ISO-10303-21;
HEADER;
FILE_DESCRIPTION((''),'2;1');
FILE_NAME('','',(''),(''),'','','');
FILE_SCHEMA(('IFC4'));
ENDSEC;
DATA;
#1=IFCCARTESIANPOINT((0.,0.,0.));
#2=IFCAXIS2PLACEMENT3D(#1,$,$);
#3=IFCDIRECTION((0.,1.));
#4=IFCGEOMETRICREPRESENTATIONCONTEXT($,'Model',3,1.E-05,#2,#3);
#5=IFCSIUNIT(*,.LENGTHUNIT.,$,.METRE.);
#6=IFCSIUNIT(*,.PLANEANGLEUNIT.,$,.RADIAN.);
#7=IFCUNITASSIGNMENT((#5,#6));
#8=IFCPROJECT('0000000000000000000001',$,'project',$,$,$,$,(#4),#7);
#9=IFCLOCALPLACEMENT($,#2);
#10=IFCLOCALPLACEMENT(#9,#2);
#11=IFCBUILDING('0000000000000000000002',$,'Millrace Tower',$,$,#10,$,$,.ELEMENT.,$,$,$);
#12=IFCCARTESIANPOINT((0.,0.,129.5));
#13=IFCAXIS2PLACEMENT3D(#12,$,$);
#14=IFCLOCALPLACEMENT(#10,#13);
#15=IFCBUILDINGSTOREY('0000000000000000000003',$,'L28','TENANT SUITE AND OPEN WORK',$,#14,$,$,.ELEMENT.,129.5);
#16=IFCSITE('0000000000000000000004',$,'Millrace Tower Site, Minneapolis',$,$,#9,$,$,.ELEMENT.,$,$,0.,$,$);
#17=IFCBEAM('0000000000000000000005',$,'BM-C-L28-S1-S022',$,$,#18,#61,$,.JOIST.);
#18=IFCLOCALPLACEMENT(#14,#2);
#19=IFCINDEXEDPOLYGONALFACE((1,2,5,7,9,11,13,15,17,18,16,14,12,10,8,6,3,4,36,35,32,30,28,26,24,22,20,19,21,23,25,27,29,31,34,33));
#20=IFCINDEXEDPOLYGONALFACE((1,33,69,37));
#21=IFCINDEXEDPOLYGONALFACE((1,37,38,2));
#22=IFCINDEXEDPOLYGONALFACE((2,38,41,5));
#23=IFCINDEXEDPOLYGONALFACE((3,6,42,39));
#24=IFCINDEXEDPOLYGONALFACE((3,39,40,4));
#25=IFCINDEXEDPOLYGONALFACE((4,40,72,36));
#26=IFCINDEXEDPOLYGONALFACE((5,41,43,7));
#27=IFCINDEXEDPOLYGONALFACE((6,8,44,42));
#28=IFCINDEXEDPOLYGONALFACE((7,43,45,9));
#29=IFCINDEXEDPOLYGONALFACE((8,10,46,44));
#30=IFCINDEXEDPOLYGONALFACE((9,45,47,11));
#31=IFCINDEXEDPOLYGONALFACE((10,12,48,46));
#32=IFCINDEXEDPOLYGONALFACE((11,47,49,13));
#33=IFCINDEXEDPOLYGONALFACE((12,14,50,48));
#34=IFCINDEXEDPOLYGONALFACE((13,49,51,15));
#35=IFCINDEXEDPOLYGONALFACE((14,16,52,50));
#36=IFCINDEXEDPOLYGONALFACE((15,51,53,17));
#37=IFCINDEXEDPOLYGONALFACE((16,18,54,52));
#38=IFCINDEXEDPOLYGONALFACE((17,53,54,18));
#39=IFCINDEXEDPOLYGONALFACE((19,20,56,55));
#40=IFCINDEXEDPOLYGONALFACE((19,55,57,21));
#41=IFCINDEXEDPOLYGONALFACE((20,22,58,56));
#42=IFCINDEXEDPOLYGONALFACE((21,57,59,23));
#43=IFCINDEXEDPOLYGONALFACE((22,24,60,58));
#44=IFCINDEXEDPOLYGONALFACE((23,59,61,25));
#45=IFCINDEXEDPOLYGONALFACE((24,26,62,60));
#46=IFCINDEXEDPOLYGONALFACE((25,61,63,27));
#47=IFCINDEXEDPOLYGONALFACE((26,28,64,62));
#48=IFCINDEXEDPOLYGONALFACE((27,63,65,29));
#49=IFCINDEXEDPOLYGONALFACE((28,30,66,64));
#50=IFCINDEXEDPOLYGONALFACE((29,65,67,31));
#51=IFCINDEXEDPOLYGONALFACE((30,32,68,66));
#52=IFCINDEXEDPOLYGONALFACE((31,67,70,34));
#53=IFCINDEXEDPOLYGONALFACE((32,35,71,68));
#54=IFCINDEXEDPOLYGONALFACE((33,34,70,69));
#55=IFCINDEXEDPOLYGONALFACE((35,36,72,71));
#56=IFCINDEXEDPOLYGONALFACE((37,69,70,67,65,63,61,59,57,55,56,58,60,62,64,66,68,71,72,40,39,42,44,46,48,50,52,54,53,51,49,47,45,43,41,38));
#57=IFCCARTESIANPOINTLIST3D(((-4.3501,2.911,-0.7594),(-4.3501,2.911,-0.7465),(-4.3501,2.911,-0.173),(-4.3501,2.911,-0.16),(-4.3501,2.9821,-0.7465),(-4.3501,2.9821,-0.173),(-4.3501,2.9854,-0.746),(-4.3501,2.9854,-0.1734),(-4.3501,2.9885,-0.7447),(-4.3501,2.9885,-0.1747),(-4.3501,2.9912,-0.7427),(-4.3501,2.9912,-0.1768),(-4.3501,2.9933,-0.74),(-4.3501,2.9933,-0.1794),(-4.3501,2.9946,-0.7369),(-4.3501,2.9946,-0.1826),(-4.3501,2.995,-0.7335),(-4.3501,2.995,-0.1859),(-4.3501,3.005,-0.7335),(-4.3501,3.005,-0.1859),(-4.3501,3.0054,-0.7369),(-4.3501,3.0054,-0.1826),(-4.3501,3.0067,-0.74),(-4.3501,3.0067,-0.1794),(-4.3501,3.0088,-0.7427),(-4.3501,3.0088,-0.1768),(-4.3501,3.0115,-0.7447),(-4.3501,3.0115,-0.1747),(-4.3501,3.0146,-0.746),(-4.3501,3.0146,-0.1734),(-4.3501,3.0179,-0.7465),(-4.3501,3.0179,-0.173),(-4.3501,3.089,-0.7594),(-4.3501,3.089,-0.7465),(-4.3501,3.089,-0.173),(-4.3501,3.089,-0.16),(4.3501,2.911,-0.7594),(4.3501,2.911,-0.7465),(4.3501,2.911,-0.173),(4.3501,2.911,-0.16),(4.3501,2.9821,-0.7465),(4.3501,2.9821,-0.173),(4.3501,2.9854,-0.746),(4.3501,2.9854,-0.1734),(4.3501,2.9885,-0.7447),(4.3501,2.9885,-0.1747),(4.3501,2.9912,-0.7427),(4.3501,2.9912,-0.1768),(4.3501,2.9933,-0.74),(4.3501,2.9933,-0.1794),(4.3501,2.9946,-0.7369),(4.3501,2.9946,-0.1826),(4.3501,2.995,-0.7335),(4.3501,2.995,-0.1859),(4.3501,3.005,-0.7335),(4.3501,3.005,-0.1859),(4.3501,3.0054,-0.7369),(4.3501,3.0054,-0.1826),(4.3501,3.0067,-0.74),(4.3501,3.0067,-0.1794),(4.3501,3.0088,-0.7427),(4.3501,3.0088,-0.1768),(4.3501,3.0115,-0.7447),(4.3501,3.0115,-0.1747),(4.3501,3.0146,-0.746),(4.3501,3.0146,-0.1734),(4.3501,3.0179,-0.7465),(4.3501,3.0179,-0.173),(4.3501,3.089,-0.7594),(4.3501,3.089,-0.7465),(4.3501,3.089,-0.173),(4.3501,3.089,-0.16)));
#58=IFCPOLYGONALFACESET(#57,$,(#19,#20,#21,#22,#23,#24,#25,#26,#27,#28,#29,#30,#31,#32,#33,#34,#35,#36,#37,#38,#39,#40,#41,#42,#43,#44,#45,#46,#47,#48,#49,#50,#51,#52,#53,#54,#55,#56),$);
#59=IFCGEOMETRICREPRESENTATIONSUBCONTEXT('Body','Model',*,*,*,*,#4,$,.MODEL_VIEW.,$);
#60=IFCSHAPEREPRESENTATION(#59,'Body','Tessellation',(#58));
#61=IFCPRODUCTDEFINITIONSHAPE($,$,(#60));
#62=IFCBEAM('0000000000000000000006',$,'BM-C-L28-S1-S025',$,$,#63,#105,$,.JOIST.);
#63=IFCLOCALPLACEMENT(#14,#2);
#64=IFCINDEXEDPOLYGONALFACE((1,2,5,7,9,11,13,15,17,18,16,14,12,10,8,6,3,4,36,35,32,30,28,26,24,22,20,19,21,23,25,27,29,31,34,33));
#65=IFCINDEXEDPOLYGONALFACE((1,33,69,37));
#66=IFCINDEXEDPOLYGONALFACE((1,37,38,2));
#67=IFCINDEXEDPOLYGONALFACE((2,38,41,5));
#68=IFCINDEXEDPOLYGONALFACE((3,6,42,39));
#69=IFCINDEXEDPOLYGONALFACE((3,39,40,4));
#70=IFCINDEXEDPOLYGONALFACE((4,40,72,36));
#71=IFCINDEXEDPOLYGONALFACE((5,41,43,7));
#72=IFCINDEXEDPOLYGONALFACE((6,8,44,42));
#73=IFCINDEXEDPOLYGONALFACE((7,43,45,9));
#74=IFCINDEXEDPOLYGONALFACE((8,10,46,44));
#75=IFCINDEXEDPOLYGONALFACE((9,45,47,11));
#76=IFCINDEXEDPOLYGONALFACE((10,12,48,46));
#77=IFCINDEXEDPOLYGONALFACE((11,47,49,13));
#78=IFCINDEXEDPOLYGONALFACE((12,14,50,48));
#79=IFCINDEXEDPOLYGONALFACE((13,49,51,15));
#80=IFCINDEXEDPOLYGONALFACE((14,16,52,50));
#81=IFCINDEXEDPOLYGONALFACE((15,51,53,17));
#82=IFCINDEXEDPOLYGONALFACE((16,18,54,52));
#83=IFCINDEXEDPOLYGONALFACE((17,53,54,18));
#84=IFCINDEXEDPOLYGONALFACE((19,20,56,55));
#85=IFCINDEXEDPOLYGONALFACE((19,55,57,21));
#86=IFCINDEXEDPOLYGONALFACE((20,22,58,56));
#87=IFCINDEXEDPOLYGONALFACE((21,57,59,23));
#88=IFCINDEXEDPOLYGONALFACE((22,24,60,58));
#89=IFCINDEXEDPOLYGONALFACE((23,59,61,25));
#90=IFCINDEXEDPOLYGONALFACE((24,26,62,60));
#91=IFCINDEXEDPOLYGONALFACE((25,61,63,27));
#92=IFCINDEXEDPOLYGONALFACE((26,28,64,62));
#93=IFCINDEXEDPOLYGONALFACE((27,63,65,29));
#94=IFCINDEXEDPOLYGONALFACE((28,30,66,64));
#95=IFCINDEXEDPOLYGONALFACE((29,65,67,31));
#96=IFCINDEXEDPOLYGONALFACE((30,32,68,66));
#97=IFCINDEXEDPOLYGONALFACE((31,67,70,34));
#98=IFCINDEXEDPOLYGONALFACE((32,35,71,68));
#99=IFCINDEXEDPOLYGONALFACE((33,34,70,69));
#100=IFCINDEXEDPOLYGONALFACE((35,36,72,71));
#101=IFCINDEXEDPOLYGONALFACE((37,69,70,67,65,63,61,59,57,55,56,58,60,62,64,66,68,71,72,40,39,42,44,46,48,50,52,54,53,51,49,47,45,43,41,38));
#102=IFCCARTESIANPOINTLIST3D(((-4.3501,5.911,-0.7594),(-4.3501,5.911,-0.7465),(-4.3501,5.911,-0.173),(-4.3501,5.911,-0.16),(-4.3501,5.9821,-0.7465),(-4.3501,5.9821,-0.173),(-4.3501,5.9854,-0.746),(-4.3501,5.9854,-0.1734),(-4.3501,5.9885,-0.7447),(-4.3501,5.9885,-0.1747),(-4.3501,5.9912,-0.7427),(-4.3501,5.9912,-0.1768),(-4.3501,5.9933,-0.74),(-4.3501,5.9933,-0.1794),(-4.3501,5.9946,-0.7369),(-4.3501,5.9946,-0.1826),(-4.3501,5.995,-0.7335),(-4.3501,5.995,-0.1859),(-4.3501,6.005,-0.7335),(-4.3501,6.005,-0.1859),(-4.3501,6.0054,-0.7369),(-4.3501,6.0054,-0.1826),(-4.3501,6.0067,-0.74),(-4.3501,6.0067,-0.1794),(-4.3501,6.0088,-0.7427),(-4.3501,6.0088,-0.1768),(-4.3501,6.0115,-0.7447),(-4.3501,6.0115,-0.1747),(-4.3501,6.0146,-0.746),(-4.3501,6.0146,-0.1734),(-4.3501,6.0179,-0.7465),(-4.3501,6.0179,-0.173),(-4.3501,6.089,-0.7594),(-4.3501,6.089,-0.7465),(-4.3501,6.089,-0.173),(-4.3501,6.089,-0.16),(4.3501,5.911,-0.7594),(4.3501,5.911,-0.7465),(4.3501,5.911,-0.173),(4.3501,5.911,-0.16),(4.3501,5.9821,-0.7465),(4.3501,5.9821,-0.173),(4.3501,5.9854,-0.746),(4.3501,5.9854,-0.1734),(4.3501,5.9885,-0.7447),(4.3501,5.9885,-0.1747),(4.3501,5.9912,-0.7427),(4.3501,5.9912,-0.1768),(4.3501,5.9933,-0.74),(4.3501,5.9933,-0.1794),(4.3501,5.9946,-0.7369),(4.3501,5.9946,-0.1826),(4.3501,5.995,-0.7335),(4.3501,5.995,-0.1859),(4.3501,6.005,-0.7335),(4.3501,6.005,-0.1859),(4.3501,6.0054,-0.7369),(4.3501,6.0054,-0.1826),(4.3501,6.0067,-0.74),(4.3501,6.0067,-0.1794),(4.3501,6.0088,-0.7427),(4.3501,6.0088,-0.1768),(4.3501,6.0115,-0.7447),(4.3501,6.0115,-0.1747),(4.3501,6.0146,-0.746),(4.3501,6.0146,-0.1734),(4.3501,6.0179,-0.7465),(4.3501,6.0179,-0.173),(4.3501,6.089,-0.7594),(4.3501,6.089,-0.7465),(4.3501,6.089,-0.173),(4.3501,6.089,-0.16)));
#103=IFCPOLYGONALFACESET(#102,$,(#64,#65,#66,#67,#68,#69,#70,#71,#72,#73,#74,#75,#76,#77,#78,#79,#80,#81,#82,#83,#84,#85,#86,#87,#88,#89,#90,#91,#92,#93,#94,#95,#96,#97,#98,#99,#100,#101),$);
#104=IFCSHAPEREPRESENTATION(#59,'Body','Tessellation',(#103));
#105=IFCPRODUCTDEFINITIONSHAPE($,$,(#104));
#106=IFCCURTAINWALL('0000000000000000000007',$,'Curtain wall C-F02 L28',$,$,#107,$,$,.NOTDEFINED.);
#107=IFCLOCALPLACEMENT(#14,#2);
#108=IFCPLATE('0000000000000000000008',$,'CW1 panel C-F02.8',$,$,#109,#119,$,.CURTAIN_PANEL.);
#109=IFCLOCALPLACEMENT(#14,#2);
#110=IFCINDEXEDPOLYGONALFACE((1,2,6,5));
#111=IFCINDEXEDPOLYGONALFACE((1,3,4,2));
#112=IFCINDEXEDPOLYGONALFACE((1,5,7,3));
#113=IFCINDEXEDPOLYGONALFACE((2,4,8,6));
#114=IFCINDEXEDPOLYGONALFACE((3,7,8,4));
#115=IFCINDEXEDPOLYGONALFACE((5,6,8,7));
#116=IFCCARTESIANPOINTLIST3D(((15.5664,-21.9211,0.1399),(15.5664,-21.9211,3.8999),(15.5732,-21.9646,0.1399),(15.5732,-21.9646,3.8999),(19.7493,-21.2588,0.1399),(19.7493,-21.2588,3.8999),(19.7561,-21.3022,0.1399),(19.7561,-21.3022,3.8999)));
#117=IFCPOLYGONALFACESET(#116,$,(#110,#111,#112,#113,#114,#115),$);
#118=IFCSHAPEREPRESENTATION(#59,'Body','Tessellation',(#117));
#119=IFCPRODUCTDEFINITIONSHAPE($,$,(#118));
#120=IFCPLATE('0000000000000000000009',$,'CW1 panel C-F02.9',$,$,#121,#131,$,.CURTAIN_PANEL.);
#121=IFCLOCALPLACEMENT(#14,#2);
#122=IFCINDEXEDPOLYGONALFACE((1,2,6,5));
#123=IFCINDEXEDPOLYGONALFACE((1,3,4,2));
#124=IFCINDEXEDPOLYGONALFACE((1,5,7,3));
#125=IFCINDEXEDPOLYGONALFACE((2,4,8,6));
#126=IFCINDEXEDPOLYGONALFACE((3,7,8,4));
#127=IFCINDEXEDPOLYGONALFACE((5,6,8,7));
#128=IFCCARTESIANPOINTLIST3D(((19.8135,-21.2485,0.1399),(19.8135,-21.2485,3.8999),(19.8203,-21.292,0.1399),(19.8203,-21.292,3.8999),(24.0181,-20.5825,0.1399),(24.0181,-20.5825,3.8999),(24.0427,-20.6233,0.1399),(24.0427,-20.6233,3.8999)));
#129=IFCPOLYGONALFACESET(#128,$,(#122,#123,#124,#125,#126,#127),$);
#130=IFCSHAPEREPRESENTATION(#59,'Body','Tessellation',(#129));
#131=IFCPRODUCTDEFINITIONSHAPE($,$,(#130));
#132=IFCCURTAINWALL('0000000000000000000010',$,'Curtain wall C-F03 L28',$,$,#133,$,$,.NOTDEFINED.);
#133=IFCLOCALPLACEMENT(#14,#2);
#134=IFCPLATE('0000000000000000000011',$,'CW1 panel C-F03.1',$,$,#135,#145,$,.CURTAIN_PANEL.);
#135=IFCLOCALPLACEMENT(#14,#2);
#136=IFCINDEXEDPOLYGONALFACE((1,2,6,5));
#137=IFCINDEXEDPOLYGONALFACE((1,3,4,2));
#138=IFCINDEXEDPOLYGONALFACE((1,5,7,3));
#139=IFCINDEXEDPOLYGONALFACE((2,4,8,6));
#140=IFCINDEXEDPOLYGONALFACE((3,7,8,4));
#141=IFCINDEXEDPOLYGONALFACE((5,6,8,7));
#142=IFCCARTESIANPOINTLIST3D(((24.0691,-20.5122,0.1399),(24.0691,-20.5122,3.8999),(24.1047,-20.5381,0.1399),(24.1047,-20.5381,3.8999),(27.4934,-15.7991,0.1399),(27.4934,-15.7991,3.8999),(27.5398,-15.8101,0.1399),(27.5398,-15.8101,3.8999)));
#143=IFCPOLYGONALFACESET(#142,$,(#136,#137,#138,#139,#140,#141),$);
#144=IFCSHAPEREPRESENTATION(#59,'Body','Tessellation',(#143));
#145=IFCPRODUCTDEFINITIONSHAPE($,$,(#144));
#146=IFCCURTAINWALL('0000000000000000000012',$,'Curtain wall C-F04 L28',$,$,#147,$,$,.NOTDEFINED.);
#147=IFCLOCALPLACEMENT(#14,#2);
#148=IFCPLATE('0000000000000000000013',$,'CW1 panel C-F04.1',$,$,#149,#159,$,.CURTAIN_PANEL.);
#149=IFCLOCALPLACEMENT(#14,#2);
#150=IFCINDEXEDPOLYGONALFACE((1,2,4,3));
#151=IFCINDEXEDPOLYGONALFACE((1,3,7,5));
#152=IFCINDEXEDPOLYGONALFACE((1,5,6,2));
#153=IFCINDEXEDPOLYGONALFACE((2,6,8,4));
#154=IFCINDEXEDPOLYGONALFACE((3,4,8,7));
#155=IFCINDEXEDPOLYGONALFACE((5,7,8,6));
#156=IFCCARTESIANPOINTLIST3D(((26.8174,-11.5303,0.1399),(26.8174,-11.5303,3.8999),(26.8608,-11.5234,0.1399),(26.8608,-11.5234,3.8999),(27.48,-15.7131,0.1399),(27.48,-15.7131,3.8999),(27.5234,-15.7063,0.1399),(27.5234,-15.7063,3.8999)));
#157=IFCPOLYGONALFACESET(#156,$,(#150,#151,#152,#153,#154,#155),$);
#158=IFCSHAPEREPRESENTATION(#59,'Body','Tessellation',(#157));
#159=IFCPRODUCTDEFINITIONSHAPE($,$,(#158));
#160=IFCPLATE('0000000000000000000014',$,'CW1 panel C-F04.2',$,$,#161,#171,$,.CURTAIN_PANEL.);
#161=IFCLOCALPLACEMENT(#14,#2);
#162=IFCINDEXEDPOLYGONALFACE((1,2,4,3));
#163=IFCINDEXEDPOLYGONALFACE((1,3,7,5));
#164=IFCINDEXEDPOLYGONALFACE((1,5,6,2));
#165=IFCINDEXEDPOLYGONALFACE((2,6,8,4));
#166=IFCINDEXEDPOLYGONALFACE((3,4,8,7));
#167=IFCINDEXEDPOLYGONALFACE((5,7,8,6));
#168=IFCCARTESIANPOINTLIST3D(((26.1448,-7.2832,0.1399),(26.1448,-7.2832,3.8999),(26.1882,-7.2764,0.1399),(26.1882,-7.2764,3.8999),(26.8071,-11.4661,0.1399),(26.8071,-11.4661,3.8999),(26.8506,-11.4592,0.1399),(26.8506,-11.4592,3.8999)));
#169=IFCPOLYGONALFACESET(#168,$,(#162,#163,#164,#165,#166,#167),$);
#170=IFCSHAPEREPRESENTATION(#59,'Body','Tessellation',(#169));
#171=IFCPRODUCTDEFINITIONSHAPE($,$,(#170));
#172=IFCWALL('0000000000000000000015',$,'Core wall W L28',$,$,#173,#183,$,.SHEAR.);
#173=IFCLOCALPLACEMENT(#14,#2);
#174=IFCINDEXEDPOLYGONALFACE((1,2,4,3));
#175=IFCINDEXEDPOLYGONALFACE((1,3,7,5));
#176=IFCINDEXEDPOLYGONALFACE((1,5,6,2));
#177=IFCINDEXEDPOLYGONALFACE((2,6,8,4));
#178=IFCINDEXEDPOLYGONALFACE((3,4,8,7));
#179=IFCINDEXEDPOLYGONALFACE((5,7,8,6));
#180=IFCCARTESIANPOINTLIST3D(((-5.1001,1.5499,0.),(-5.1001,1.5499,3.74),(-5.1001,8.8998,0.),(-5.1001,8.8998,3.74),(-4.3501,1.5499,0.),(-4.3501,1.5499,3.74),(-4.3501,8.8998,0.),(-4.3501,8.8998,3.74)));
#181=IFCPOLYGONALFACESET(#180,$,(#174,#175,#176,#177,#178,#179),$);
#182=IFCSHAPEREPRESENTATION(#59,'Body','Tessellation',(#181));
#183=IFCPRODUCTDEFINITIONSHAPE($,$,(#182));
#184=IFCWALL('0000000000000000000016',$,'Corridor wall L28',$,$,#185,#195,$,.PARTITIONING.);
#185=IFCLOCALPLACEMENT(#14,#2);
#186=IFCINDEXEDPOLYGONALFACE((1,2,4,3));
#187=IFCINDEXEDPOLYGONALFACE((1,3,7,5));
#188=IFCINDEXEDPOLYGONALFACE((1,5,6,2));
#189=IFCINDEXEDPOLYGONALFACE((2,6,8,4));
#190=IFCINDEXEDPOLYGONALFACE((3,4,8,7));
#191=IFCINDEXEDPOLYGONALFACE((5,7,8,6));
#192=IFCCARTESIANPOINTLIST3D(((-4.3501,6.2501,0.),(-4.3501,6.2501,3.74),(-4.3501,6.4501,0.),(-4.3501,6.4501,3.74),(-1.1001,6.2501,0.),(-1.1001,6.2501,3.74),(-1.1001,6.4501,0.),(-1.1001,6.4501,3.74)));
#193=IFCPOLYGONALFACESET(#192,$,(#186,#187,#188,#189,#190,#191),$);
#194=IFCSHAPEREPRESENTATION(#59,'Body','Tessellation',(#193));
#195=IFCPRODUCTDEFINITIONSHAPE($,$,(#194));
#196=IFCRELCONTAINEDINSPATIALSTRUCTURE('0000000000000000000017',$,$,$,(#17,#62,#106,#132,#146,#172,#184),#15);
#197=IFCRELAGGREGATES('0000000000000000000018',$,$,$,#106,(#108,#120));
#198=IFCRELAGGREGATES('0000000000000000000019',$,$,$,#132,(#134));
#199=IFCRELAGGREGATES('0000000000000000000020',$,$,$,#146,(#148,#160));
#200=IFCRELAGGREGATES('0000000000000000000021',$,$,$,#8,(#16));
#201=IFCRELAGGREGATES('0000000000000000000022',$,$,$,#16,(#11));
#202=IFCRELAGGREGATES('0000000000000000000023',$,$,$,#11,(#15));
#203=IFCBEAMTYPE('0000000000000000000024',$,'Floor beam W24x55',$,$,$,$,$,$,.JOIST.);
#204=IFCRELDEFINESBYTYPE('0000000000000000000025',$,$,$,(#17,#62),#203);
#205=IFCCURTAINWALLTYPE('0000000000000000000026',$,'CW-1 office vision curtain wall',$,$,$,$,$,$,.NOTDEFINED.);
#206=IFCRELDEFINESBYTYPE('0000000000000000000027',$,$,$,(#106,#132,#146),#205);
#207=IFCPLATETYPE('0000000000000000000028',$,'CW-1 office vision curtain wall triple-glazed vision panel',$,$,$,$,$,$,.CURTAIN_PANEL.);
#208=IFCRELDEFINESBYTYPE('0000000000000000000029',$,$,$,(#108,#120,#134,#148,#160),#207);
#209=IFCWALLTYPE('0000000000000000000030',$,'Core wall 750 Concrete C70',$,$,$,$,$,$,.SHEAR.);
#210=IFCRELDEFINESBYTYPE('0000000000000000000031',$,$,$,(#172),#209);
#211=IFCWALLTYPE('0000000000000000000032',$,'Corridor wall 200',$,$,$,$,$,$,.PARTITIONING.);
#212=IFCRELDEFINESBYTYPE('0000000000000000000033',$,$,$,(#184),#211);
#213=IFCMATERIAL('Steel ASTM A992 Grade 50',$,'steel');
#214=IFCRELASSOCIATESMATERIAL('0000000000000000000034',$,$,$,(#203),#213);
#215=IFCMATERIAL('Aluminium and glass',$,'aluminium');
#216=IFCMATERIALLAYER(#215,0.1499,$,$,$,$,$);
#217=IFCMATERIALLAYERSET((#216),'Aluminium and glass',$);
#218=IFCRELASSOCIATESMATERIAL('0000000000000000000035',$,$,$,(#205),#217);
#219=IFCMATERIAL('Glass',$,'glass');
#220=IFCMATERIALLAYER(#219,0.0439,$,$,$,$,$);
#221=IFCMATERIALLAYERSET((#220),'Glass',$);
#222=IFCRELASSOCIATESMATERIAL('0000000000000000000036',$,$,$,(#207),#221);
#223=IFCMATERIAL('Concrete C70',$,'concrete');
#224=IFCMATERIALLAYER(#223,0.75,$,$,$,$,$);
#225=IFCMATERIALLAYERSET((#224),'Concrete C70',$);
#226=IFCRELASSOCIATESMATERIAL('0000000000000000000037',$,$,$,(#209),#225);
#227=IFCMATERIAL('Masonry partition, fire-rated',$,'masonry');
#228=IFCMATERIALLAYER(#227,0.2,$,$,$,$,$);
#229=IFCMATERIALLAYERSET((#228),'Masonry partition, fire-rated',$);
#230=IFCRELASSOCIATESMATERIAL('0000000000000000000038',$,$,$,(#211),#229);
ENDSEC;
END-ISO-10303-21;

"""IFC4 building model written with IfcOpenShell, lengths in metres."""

from ifc_helpers import new_model, si_unit, direction, frame, frame_2d, origin, origin_2d, place, context, subcontext, project, spatial, polyline, rectangle, i_section, outline, extrude, material, layer, layer_set, material_profile, profile_set, type_object, element, aggregate, save


model = new_model("IFC4")

# Units and contexts
model_context = context("Model", 3, precision=1e-05, world=origin(), true_north=direction((0.0, 1.0)))
body_context = subcontext(model_context, "Body", "Model", "MODEL_VIEW")
ifc_project = project(units=[si_unit("LENGTHUNIT", "METRE"), si_unit("PLANEANGLEUNIT", "RADIAN")], contexts=[model_context])

# Site, building, storey
site_placement = place(None, origin())
site = spatial("IfcSite", under=ifc_project, at=site_placement, Name="Millrace Tower Site, Minneapolis", CompositionType="ELEMENT", RefElevation=0.0)
building_placement = place(site_placement, origin())
building = spatial("IfcBuilding", under=site, at=building_placement, Name="Millrace Tower", CompositionType="ELEMENT")
storey_placement = place(building_placement, frame((0.0, 0.0, 129.5)))
storey = spatial("IfcBuildingStorey", under=building, at=storey_placement, Name="L28", Description="TENANT SUITE AND OPEN WORK", CompositionType="ELEMENT", Elevation=129.5)

# Beams
ifc_material_1 = material(Name="Steel ASTM A992 Grade 50", Category="steel")
ifc_material_profile = material_profile(ifc_material_1, i_section(OverallWidth=0.178, OverallDepth=0.5994, WebThickness=0.01, FlangeThickness=0.0129, FilletRadius=0.0129, at=origin_2d()))
ifc_profile_set = profile_set([ifc_material_profile], Name="Steel ASTM A992 Grade 50")
beam_type = type_object("IfcBeamType", Name="Floor beam W24x55", PredefinedType="JOIST", material=ifc_profile_set)
for number, where, z_axis, x_axis, name in (
    (1, (-4.3501, 3.0, -0.4597), (1.0, 0.0, 0.0), (0.0, 1.0, 0.0), "BM-C-L28-S1-S022"),
    (2, (-4.3501, 6.0, -0.4597), (1.0, 0.0, 0.0), (0.0, 1.0, 0.0), "BM-C-L28-S1-S025"),
):
    element("IfcBeam", number, at=place(storey_placement, frame(where, z_axis=z_axis, x_axis=x_axis)), inside=storey, type_object=beam_type, Name=name, PredefinedType="JOIST", context=body_context, shape_type="SweptSolid", body=[
        extrude(i_section(OverallWidth=0.178, OverallDepth=0.5994, WebThickness=0.01, FlangeThickness=0.0129, FilletRadius=0.0129, at=origin_2d()), origin(), (0.0, 0.0, 1.0), 8.7002),
    ])

# Curtain wall, plates
ifc_material_2 = material(Name="Aluminium and glass", Category="aluminium")
ifc_layer_1 = layer(ifc_material_2, 0.1499)
ifc_layer_set_1 = layer_set([ifc_layer_1], Name="Aluminium and glass")
curtain_wall_type = type_object("IfcCurtainWallType", Name="CW-1 office vision curtain wall", PredefinedType="NOTDEFINED", material=ifc_layer_set_1)
placement_1 = place(storey_placement, origin())
curtain_wall_1 = element("IfcCurtainWall", 3, at=placement_1, inside=storey, type_object=curtain_wall_type, Name="Curtain wall C-F02 L28", PredefinedType="NOTDEFINED")
ifc_material_3 = material(Name="Glass", Category="glass")
ifc_layer_2 = layer(ifc_material_3, 0.0439)
ifc_layer_set_2 = layer_set([ifc_layer_2], Name="Glass")
plate_type = type_object("IfcPlateType", Name="CW-1 office vision curtain wall triple-glazed vision panel", PredefinedType="CURTAIN_PANEL", material=ifc_layer_set_2)
placement_2 = place(storey_placement, frame((0.0, 0.0, 0.1399)))
plate_1 = element("IfcPlate", 4, at=placement_2, type_object=plate_type, Name="CW1 panel C-F02.8", PredefinedType="CURTAIN_PANEL", context=body_context, shape_type="SweptSolid", body=[
    extrude(outline(polyline([(15.5732, -21.9646), (19.7561, -21.3022), (19.7493, -21.2588), (15.5664, -21.9211), (15.5732, -21.9646)])), origin(), (0.0, 0.0, 1.0), 3.76),
])
plate_2 = element("IfcPlate", 5, at=placement_2, type_object=plate_type, Name="CW1 panel C-F02.9", PredefinedType="CURTAIN_PANEL", context=body_context, shape_type="SweptSolid", body=[
    extrude(outline(polyline([(19.8203, -21.292), (24.0427, -20.6233), (24.0181, -20.5825), (19.8135, -21.2485), (19.8203, -21.292)])), origin(), (0.0, 0.0, 1.0), 3.76),
])
aggregate(curtain_wall_1, [plate_1, plate_2])

# Curtain wall, plate
curtain_wall_2 = element("IfcCurtainWall", 6, at=placement_1, inside=storey, type_object=curtain_wall_type, Name="Curtain wall C-F03 L28", PredefinedType="NOTDEFINED")
plate_3 = element("IfcPlate", 7, at=placement_2, type_object=plate_type, Name="CW1 panel C-F03.1", PredefinedType="CURTAIN_PANEL", context=body_context, shape_type="SweptSolid", body=[
    extrude(outline(polyline([(24.1047, -20.5381), (27.5398, -15.8101), (27.4934, -15.7991), (24.0691, -20.5122), (24.1047, -20.5381)])), origin(), (0.0, 0.0, 1.0), 3.76),
])
aggregate(curtain_wall_2, [plate_3])

# Curtain wall, plates
curtain_wall_3 = element("IfcCurtainWall", 8, at=placement_1, inside=storey, type_object=curtain_wall_type, Name="Curtain wall C-F04 L28", PredefinedType="NOTDEFINED")
plate_4 = element("IfcPlate", 9, at=placement_2, type_object=plate_type, Name="CW1 panel C-F04.1", PredefinedType="CURTAIN_PANEL", context=body_context, shape_type="SweptSolid", body=[
    extrude(outline(polyline([(27.5234, -15.7063), (26.8608, -11.5234), (26.8174, -11.5303), (27.48, -15.7131), (27.5234, -15.7063)])), origin(), (0.0, 0.0, 1.0), 3.76),
])
plate_5 = element("IfcPlate", 10, at=placement_2, type_object=plate_type, Name="CW1 panel C-F04.2", PredefinedType="CURTAIN_PANEL", context=body_context, shape_type="SweptSolid", body=[
    extrude(outline(polyline([(26.8506, -11.4592), (26.1882, -7.2764), (26.1448, -7.2832), (26.8071, -11.4661), (26.8506, -11.4592)])), origin(), (0.0, 0.0, 1.0), 3.76),
])
aggregate(curtain_wall_3, [plate_4, plate_5])

# Walls
ifc_material_4 = material(Name="Concrete C70", Category="concrete")
ifc_layer_3 = layer(ifc_material_4, 0.75)
ifc_layer_set_3 = layer_set([ifc_layer_3], Name="Concrete C70")
wall_type_1 = type_object("IfcWallType", Name="Core wall 750 Concrete C70", PredefinedType="SHEAR", material=ifc_layer_set_3)
wall_1_placement = place(storey_placement, frame((-4.7251, 1.55, 0.0), z_axis=(0.0, 0.0, 1.0), x_axis=(0.0, 1.0, 0.0)))
element("IfcWall", 11, at=wall_1_placement, inside=storey, type_object=wall_type_1, Name="Core wall W L28", PredefinedType="SHEAR", context=body_context, shape_type="SweptSolid", body=[
    extrude(rectangle(XDim=7.3499, YDim=0.75, at=frame_2d((3.6748, 0.0))), origin(), (0.0, 0.0, 1.0), 3.74),
])
ifc_material_5 = material(Name="Masonry partition, fire-rated", Category="masonry")
ifc_layer_4 = layer(ifc_material_5, 0.2)
ifc_layer_set_4 = layer_set([ifc_layer_4], Name="Masonry partition, fire-rated")
wall_type_2 = type_object("IfcWallType", Name="Corridor wall 200", PredefinedType="PARTITIONING", material=ifc_layer_set_4)
wall_2_placement = place(storey_placement, frame((-4.3501, 6.3501, 0.0), z_axis=(0.0, 0.0, 1.0), x_axis=(1.0, 0.0, 0.0)))
element("IfcWall", 12, at=wall_2_placement, inside=storey, type_object=wall_type_2, Name="Corridor wall L28", PredefinedType="PARTITIONING", context=body_context, shape_type="SweptSolid", body=[
    extrude(rectangle(XDim=3.25, YDim=0.2, at=frame_2d((1.625, 0.0))), origin(), (0.0, 0.0, 1.0), 3.74),
])

save(model, "model.ifc")
